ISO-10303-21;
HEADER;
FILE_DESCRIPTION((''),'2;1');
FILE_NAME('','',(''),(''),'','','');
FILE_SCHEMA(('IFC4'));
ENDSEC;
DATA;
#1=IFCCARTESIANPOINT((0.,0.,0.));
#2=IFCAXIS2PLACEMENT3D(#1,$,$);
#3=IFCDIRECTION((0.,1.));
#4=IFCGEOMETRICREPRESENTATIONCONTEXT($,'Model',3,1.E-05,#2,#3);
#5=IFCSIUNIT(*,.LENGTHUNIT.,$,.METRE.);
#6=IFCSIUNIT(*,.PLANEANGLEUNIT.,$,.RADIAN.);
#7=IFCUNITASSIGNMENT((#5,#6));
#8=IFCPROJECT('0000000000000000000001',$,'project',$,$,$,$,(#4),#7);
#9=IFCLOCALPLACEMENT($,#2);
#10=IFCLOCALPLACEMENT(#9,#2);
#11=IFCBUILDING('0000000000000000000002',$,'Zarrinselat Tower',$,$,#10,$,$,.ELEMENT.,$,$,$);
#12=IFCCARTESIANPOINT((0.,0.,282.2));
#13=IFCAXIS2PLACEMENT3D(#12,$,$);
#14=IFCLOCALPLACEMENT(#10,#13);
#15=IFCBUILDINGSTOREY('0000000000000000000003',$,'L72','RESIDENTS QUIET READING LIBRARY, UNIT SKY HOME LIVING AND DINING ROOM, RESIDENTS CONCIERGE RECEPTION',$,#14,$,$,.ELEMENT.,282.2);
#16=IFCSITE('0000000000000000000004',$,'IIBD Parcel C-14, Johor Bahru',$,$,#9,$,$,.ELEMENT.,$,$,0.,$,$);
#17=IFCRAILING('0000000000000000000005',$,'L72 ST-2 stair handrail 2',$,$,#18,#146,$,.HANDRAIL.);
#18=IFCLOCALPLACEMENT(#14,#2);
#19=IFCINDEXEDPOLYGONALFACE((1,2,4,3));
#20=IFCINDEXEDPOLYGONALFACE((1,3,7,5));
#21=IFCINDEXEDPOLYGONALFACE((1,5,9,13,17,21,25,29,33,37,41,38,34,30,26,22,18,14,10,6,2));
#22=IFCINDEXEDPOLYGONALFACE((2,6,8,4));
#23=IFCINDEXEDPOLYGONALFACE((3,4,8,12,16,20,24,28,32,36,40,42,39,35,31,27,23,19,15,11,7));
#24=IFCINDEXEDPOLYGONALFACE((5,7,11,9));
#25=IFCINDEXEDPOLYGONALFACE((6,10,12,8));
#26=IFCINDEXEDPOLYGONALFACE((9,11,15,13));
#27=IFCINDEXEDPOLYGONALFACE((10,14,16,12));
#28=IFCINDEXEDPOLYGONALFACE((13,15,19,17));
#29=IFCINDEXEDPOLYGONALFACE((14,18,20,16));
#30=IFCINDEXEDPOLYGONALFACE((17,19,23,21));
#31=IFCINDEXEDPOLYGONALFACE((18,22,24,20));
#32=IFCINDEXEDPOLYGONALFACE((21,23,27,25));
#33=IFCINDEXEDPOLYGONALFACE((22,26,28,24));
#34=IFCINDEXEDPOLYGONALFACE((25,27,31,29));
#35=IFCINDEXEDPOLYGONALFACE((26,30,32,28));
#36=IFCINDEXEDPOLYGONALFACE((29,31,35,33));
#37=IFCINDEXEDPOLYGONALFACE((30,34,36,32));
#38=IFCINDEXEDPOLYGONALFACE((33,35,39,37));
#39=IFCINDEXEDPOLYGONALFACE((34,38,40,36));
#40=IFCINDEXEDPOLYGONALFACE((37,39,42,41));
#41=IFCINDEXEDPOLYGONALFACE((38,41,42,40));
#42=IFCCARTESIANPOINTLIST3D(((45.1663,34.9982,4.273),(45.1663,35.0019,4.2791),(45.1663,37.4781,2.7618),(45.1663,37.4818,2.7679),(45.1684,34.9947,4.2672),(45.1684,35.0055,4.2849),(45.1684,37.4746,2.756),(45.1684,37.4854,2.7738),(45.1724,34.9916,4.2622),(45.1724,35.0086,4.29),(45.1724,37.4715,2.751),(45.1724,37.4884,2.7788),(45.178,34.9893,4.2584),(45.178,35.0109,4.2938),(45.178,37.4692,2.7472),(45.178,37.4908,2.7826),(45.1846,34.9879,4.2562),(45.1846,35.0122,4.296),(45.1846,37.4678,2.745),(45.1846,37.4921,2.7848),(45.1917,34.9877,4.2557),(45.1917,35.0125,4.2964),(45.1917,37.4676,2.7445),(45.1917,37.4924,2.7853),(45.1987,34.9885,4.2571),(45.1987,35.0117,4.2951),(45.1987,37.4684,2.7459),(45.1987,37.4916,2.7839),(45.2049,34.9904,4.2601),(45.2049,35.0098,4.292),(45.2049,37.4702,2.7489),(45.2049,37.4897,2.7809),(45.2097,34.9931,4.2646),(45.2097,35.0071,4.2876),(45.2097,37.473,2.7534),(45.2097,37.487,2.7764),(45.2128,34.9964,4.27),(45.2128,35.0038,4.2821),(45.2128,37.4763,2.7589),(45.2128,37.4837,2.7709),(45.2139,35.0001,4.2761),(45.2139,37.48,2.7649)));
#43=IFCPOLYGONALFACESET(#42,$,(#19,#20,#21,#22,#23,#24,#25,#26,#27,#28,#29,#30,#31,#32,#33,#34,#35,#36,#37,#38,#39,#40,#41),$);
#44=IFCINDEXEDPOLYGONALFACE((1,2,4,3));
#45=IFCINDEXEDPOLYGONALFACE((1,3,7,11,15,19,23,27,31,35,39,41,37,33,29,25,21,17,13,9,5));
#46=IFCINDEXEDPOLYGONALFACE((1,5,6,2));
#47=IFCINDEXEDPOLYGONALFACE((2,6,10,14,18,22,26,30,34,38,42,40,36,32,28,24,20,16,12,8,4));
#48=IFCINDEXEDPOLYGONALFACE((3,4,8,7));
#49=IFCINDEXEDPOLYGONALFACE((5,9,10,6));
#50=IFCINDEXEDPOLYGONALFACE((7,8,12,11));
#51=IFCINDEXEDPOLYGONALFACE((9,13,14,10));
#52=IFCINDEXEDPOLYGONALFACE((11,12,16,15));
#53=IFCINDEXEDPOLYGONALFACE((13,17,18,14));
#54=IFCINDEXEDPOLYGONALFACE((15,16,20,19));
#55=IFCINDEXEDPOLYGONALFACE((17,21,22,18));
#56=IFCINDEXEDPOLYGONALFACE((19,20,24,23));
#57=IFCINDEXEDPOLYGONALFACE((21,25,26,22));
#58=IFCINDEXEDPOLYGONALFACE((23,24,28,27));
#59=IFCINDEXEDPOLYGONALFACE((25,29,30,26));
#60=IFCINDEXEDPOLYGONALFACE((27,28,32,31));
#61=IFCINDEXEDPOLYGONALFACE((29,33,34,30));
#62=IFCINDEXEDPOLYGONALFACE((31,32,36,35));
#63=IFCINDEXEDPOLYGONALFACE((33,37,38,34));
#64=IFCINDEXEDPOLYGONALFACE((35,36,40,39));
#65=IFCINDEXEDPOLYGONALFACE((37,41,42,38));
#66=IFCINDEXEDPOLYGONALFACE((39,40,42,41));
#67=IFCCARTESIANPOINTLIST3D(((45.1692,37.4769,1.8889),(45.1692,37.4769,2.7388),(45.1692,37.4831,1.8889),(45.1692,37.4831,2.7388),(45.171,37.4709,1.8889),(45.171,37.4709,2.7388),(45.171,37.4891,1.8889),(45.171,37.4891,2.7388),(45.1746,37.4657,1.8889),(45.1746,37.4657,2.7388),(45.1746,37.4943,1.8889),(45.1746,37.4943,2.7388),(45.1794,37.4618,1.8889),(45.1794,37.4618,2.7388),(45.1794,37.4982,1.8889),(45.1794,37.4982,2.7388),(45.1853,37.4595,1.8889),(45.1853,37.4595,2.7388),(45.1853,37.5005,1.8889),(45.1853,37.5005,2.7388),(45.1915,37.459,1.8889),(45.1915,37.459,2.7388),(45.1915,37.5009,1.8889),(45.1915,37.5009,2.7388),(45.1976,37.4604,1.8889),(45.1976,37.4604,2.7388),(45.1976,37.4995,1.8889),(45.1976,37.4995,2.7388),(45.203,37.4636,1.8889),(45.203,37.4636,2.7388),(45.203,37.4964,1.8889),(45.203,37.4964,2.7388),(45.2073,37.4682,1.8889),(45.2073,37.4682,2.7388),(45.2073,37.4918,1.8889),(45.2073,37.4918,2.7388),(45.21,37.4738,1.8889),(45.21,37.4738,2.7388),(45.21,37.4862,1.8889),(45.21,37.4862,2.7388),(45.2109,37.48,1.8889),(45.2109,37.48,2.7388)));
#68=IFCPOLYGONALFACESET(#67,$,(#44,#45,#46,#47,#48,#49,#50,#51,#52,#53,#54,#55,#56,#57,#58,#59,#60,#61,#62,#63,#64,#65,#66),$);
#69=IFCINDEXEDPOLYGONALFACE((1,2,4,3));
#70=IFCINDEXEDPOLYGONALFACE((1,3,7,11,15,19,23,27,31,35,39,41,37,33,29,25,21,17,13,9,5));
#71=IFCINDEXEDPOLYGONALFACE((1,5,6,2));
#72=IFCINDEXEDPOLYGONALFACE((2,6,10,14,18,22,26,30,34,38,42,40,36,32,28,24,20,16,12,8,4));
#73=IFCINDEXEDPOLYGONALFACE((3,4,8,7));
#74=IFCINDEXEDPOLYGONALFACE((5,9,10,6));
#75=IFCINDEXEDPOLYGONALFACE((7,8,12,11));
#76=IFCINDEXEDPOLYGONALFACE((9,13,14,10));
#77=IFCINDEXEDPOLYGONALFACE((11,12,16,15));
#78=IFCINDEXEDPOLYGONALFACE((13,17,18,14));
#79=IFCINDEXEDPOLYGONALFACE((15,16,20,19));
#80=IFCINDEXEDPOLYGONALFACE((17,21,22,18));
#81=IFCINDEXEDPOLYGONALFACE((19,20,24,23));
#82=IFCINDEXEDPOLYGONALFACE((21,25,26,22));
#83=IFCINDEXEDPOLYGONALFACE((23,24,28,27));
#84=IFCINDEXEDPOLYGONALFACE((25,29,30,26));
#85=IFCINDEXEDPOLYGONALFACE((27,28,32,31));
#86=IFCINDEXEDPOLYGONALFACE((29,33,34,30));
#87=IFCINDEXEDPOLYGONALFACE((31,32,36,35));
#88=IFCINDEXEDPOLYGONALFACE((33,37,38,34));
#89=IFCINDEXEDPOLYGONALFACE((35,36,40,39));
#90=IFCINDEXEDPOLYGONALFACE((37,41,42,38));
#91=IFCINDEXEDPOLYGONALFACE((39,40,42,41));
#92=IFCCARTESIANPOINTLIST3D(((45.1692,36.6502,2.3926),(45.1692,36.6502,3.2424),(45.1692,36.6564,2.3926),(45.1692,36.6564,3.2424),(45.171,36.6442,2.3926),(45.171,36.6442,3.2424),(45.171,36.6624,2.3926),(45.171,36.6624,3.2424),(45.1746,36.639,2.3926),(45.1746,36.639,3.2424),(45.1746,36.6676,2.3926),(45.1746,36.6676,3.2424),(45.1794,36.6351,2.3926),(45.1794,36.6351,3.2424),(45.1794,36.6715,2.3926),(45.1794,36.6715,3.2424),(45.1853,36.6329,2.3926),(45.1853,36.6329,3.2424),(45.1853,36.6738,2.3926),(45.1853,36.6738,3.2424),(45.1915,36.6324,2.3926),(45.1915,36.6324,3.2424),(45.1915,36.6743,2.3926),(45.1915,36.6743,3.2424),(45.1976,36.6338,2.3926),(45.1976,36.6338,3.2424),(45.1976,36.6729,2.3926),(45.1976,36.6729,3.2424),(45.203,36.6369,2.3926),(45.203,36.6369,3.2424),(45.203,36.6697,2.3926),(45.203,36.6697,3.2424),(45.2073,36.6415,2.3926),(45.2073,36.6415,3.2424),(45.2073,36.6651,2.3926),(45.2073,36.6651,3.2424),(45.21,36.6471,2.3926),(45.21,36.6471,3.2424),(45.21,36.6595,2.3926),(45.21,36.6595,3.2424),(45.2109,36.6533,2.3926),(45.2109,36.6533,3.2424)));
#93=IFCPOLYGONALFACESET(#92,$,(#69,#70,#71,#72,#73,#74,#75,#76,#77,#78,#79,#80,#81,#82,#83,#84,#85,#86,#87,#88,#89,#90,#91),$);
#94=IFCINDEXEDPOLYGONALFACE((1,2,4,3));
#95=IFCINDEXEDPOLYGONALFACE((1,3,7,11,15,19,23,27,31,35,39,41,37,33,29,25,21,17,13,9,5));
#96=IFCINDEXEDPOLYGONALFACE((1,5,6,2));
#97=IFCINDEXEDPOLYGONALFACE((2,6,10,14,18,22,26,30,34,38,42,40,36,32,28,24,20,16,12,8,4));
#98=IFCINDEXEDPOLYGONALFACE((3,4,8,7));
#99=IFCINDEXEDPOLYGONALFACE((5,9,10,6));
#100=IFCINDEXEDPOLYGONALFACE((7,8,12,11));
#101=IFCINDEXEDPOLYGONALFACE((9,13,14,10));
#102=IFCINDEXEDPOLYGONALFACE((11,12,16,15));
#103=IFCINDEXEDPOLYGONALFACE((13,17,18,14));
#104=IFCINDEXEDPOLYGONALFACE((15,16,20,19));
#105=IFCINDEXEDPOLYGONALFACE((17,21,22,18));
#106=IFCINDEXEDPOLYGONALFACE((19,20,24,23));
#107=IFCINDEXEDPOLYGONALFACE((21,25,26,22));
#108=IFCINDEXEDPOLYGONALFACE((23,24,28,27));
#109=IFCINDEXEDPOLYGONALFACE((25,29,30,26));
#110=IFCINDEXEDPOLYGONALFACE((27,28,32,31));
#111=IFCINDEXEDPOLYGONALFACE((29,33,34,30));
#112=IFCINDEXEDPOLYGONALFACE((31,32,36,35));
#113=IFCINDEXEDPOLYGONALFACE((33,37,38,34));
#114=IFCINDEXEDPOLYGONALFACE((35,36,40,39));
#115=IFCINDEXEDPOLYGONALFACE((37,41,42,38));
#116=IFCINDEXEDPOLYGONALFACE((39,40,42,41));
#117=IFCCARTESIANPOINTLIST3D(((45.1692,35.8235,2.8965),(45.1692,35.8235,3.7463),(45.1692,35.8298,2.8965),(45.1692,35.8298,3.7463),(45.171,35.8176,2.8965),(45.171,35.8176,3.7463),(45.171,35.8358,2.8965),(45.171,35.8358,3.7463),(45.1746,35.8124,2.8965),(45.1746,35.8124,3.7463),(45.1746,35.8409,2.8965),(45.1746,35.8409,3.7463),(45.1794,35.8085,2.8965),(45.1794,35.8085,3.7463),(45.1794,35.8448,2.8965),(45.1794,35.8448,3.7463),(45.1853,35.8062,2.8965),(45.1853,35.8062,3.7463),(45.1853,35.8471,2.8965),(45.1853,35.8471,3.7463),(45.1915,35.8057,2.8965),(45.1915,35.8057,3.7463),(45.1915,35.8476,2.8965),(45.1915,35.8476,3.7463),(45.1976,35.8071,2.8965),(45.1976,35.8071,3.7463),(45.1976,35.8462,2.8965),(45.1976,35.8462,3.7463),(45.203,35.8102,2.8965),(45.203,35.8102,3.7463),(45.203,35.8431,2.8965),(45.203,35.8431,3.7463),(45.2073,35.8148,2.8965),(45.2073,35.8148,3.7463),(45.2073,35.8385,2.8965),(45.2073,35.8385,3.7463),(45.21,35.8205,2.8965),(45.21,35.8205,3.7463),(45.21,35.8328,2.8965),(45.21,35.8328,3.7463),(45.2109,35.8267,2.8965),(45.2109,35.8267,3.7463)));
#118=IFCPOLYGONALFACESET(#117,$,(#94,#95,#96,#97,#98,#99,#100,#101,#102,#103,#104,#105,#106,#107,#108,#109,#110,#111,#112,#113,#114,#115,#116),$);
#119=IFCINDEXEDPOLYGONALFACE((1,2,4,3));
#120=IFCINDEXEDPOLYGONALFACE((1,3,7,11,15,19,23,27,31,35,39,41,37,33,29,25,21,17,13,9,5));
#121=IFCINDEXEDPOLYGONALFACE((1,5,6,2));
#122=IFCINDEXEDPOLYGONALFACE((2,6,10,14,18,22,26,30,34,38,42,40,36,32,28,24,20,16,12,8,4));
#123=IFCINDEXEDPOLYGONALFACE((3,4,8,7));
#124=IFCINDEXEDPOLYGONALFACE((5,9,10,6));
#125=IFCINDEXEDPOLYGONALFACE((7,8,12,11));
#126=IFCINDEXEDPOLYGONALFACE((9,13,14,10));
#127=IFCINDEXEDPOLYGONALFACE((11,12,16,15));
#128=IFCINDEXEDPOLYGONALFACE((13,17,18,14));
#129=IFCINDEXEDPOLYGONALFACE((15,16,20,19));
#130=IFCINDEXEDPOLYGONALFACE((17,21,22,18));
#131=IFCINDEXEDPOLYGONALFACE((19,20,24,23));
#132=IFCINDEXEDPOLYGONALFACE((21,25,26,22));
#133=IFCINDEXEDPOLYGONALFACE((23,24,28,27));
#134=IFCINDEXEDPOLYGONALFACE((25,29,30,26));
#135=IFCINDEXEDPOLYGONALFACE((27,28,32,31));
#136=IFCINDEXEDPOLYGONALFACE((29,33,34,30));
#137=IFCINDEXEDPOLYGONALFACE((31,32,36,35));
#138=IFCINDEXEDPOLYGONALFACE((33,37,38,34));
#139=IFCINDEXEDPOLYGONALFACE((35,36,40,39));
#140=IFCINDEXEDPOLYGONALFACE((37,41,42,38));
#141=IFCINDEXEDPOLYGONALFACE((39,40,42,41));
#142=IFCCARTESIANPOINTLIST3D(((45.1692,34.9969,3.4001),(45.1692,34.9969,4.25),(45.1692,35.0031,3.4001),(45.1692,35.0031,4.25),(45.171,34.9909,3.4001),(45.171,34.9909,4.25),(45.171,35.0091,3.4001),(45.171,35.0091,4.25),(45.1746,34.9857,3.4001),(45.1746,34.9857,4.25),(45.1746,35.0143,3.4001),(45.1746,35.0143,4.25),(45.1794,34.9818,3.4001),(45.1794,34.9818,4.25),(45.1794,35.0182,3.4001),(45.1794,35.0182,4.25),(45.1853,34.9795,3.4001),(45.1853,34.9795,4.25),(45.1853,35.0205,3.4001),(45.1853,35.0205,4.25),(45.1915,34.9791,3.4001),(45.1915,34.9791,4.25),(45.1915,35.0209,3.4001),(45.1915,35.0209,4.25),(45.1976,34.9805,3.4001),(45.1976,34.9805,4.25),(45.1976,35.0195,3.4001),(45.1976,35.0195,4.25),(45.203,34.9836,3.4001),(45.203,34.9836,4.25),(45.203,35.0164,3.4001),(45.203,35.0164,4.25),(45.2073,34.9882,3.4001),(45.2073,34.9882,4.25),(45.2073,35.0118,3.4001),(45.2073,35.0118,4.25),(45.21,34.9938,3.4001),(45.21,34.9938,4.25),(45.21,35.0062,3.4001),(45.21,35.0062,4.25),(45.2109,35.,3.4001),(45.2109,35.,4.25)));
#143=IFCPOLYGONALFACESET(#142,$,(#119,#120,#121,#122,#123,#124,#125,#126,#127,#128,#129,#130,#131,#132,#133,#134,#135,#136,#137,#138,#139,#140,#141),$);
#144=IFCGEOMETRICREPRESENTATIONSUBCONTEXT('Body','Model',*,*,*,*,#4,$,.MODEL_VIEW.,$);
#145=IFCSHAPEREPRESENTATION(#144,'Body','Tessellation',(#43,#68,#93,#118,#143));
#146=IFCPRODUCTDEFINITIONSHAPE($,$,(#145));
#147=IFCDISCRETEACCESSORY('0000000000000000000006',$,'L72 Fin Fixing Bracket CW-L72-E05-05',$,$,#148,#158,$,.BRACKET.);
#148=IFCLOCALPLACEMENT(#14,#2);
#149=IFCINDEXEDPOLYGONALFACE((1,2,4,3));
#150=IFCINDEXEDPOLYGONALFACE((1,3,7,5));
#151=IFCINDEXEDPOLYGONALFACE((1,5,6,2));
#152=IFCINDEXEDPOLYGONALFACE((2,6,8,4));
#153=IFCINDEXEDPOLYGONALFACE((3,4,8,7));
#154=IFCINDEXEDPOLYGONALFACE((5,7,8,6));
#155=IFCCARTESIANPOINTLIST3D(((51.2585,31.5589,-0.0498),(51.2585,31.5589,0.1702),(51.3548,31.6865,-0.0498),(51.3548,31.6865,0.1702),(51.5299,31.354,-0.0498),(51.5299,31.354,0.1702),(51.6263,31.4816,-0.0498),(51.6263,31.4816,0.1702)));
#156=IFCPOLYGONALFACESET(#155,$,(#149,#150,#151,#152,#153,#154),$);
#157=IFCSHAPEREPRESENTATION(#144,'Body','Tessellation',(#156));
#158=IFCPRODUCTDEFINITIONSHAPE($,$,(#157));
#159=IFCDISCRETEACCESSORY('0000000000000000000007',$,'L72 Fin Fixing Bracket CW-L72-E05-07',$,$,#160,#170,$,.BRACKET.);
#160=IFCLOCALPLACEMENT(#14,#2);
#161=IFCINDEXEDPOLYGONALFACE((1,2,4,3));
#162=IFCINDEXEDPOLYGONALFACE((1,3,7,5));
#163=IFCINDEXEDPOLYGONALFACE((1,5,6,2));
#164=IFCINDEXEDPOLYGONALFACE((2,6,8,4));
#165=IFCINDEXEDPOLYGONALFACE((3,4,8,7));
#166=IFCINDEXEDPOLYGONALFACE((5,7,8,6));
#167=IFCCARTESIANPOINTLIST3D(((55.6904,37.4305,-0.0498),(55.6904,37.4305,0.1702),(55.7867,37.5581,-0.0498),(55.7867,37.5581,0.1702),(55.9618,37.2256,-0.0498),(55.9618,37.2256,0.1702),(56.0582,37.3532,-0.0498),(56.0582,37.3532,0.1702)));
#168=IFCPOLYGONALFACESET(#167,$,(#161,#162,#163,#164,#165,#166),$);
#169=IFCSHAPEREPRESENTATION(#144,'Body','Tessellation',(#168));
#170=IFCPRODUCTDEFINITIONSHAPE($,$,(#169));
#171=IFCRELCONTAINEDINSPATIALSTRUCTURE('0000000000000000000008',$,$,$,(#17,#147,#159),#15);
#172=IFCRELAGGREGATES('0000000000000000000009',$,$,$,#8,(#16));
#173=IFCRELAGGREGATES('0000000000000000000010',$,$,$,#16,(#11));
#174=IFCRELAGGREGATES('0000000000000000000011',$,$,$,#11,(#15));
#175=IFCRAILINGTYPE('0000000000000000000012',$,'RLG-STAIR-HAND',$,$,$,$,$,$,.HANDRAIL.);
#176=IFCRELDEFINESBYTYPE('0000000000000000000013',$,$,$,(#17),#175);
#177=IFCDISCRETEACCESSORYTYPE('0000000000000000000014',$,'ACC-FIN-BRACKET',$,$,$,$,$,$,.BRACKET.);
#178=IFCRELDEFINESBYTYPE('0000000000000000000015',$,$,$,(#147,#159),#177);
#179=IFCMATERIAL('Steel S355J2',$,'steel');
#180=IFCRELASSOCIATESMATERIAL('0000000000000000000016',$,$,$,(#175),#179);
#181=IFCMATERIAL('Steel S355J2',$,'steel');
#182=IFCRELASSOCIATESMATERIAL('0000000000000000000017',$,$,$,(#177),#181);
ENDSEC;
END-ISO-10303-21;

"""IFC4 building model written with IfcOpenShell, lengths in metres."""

from ifc_helpers import new_model, si_unit, direction, frame, origin, origin_2d, place, context, subcontext, project, spatial, rectangle, circle, extrude, material, type_object, element, save


model = new_model("IFC4")

# Units and contexts
model_context = context("Model", 3, precision=1e-05, world=origin(), true_north=direction((0.0, 1.0)))
body_context = subcontext(model_context, "Body", "Model", "MODEL_VIEW")
ifc_project = project(units=[si_unit("LENGTHUNIT", "METRE"), si_unit("PLANEANGLEUNIT", "RADIAN")], contexts=[model_context])

# Site, building, storey
site_placement = place(None, origin())
site = spatial("IfcSite", under=ifc_project, at=site_placement, Name="IIBD Parcel C-14, Johor Bahru", CompositionType="ELEMENT", RefElevation=0.0)
building_placement = place(site_placement, origin())
building = spatial("IfcBuilding", under=site, at=building_placement, Name="Zarrinselat Tower", CompositionType="ELEMENT")
storey_placement = place(building_placement, frame((0.0, 0.0, 282.2)))
storey = spatial("IfcBuildingStorey", under=building, at=storey_placement, Name="L72", Description="RESIDENTS QUIET READING LIBRARY, UNIT SKY HOME LIVING AND DINING ROOM, RESIDENTS CONCIERGE RECEPTION", CompositionType="ELEMENT", Elevation=282.2)

# Railing
ifc_material_1 = material(Name="Steel S355J2", Category="steel")
railing_type_1 = type_object("IfcRailingType", Name="RLG-STAIR-HAND", PredefinedType="HANDRAIL", material=ifc_material_1)
railing_1_placement = place(storey_placement, frame((45.1899, 37.48, 1.8889)))
element("IfcRailing", 1, at=railing_1_placement, inside=storey, type_object=railing_type_1, Name="L72 ST-2 stair handrail 2", PredefinedType="HANDRAIL", context=body_context, shape_type="SweptSolid", body=[
    extrude(circle(Radius=0.0239, at=origin_2d()), frame((0.0, 0.0, 0.876), z_axis=(0.0, -0.853942, 0.520368), x_axis=(1.0, 0.0, 0.0)), (0.0, 0.0, 1.0), 2.9041),
    extrude(circle(Radius=0.021, at=origin_2d()), origin(), (0.0, 0.0, 1.0), 0.8499),
    extrude(circle(Radius=0.021, at=origin_2d()), frame((0.0, -0.8267, 0.5037)), (0.0, 0.0, 1.0), 0.8499),
    extrude(circle(Radius=0.021, at=origin_2d()), frame((0.0, -1.6533, 1.0076)), (0.0, 0.0, 1.0), 0.8499),
    extrude(circle(Radius=0.021, at=origin_2d()), frame((0.0, -2.48, 1.5112)), (0.0, 0.0, 1.0), 0.8499),
])

# Discrete accessories
ifc_material_2 = material(Name="Steel S355J2", Category="steel")
discrete_accessory_type = type_object("IfcDiscreteAccessoryType", Name="ACC-FIN-BRACKET", PredefinedType="BRACKET", material=ifc_material_2)
for number, where, z_axis, x_axis, name in (
    (2, (51.4424, 31.5203, -0.0498), (0.0, 0.0, 1.0), (0.79816, -0.602445, 0.0), "L72 Fin Fixing Bracket CW-L72-E05-05"),
    (3, (55.8743, 37.3918, -0.0498), (0.0, 0.0, 1.0), (0.79816, -0.602445, 0.0), "L72 Fin Fixing Bracket CW-L72-E05-07"),
):
    element("IfcDiscreteAccessory", number, at=place(storey_placement, frame(where, z_axis=z_axis, x_axis=x_axis)), inside=storey, type_object=discrete_accessory_type, Name=name, PredefinedType="BRACKET", context=body_context, shape_type="SweptSolid", body=[
        extrude(rectangle(XDim=0.3401, YDim=0.1599, at=origin_2d()), origin(), (0.0, 0.0, 1.0), 0.22),
    ])

save(model, "model.ifc")
